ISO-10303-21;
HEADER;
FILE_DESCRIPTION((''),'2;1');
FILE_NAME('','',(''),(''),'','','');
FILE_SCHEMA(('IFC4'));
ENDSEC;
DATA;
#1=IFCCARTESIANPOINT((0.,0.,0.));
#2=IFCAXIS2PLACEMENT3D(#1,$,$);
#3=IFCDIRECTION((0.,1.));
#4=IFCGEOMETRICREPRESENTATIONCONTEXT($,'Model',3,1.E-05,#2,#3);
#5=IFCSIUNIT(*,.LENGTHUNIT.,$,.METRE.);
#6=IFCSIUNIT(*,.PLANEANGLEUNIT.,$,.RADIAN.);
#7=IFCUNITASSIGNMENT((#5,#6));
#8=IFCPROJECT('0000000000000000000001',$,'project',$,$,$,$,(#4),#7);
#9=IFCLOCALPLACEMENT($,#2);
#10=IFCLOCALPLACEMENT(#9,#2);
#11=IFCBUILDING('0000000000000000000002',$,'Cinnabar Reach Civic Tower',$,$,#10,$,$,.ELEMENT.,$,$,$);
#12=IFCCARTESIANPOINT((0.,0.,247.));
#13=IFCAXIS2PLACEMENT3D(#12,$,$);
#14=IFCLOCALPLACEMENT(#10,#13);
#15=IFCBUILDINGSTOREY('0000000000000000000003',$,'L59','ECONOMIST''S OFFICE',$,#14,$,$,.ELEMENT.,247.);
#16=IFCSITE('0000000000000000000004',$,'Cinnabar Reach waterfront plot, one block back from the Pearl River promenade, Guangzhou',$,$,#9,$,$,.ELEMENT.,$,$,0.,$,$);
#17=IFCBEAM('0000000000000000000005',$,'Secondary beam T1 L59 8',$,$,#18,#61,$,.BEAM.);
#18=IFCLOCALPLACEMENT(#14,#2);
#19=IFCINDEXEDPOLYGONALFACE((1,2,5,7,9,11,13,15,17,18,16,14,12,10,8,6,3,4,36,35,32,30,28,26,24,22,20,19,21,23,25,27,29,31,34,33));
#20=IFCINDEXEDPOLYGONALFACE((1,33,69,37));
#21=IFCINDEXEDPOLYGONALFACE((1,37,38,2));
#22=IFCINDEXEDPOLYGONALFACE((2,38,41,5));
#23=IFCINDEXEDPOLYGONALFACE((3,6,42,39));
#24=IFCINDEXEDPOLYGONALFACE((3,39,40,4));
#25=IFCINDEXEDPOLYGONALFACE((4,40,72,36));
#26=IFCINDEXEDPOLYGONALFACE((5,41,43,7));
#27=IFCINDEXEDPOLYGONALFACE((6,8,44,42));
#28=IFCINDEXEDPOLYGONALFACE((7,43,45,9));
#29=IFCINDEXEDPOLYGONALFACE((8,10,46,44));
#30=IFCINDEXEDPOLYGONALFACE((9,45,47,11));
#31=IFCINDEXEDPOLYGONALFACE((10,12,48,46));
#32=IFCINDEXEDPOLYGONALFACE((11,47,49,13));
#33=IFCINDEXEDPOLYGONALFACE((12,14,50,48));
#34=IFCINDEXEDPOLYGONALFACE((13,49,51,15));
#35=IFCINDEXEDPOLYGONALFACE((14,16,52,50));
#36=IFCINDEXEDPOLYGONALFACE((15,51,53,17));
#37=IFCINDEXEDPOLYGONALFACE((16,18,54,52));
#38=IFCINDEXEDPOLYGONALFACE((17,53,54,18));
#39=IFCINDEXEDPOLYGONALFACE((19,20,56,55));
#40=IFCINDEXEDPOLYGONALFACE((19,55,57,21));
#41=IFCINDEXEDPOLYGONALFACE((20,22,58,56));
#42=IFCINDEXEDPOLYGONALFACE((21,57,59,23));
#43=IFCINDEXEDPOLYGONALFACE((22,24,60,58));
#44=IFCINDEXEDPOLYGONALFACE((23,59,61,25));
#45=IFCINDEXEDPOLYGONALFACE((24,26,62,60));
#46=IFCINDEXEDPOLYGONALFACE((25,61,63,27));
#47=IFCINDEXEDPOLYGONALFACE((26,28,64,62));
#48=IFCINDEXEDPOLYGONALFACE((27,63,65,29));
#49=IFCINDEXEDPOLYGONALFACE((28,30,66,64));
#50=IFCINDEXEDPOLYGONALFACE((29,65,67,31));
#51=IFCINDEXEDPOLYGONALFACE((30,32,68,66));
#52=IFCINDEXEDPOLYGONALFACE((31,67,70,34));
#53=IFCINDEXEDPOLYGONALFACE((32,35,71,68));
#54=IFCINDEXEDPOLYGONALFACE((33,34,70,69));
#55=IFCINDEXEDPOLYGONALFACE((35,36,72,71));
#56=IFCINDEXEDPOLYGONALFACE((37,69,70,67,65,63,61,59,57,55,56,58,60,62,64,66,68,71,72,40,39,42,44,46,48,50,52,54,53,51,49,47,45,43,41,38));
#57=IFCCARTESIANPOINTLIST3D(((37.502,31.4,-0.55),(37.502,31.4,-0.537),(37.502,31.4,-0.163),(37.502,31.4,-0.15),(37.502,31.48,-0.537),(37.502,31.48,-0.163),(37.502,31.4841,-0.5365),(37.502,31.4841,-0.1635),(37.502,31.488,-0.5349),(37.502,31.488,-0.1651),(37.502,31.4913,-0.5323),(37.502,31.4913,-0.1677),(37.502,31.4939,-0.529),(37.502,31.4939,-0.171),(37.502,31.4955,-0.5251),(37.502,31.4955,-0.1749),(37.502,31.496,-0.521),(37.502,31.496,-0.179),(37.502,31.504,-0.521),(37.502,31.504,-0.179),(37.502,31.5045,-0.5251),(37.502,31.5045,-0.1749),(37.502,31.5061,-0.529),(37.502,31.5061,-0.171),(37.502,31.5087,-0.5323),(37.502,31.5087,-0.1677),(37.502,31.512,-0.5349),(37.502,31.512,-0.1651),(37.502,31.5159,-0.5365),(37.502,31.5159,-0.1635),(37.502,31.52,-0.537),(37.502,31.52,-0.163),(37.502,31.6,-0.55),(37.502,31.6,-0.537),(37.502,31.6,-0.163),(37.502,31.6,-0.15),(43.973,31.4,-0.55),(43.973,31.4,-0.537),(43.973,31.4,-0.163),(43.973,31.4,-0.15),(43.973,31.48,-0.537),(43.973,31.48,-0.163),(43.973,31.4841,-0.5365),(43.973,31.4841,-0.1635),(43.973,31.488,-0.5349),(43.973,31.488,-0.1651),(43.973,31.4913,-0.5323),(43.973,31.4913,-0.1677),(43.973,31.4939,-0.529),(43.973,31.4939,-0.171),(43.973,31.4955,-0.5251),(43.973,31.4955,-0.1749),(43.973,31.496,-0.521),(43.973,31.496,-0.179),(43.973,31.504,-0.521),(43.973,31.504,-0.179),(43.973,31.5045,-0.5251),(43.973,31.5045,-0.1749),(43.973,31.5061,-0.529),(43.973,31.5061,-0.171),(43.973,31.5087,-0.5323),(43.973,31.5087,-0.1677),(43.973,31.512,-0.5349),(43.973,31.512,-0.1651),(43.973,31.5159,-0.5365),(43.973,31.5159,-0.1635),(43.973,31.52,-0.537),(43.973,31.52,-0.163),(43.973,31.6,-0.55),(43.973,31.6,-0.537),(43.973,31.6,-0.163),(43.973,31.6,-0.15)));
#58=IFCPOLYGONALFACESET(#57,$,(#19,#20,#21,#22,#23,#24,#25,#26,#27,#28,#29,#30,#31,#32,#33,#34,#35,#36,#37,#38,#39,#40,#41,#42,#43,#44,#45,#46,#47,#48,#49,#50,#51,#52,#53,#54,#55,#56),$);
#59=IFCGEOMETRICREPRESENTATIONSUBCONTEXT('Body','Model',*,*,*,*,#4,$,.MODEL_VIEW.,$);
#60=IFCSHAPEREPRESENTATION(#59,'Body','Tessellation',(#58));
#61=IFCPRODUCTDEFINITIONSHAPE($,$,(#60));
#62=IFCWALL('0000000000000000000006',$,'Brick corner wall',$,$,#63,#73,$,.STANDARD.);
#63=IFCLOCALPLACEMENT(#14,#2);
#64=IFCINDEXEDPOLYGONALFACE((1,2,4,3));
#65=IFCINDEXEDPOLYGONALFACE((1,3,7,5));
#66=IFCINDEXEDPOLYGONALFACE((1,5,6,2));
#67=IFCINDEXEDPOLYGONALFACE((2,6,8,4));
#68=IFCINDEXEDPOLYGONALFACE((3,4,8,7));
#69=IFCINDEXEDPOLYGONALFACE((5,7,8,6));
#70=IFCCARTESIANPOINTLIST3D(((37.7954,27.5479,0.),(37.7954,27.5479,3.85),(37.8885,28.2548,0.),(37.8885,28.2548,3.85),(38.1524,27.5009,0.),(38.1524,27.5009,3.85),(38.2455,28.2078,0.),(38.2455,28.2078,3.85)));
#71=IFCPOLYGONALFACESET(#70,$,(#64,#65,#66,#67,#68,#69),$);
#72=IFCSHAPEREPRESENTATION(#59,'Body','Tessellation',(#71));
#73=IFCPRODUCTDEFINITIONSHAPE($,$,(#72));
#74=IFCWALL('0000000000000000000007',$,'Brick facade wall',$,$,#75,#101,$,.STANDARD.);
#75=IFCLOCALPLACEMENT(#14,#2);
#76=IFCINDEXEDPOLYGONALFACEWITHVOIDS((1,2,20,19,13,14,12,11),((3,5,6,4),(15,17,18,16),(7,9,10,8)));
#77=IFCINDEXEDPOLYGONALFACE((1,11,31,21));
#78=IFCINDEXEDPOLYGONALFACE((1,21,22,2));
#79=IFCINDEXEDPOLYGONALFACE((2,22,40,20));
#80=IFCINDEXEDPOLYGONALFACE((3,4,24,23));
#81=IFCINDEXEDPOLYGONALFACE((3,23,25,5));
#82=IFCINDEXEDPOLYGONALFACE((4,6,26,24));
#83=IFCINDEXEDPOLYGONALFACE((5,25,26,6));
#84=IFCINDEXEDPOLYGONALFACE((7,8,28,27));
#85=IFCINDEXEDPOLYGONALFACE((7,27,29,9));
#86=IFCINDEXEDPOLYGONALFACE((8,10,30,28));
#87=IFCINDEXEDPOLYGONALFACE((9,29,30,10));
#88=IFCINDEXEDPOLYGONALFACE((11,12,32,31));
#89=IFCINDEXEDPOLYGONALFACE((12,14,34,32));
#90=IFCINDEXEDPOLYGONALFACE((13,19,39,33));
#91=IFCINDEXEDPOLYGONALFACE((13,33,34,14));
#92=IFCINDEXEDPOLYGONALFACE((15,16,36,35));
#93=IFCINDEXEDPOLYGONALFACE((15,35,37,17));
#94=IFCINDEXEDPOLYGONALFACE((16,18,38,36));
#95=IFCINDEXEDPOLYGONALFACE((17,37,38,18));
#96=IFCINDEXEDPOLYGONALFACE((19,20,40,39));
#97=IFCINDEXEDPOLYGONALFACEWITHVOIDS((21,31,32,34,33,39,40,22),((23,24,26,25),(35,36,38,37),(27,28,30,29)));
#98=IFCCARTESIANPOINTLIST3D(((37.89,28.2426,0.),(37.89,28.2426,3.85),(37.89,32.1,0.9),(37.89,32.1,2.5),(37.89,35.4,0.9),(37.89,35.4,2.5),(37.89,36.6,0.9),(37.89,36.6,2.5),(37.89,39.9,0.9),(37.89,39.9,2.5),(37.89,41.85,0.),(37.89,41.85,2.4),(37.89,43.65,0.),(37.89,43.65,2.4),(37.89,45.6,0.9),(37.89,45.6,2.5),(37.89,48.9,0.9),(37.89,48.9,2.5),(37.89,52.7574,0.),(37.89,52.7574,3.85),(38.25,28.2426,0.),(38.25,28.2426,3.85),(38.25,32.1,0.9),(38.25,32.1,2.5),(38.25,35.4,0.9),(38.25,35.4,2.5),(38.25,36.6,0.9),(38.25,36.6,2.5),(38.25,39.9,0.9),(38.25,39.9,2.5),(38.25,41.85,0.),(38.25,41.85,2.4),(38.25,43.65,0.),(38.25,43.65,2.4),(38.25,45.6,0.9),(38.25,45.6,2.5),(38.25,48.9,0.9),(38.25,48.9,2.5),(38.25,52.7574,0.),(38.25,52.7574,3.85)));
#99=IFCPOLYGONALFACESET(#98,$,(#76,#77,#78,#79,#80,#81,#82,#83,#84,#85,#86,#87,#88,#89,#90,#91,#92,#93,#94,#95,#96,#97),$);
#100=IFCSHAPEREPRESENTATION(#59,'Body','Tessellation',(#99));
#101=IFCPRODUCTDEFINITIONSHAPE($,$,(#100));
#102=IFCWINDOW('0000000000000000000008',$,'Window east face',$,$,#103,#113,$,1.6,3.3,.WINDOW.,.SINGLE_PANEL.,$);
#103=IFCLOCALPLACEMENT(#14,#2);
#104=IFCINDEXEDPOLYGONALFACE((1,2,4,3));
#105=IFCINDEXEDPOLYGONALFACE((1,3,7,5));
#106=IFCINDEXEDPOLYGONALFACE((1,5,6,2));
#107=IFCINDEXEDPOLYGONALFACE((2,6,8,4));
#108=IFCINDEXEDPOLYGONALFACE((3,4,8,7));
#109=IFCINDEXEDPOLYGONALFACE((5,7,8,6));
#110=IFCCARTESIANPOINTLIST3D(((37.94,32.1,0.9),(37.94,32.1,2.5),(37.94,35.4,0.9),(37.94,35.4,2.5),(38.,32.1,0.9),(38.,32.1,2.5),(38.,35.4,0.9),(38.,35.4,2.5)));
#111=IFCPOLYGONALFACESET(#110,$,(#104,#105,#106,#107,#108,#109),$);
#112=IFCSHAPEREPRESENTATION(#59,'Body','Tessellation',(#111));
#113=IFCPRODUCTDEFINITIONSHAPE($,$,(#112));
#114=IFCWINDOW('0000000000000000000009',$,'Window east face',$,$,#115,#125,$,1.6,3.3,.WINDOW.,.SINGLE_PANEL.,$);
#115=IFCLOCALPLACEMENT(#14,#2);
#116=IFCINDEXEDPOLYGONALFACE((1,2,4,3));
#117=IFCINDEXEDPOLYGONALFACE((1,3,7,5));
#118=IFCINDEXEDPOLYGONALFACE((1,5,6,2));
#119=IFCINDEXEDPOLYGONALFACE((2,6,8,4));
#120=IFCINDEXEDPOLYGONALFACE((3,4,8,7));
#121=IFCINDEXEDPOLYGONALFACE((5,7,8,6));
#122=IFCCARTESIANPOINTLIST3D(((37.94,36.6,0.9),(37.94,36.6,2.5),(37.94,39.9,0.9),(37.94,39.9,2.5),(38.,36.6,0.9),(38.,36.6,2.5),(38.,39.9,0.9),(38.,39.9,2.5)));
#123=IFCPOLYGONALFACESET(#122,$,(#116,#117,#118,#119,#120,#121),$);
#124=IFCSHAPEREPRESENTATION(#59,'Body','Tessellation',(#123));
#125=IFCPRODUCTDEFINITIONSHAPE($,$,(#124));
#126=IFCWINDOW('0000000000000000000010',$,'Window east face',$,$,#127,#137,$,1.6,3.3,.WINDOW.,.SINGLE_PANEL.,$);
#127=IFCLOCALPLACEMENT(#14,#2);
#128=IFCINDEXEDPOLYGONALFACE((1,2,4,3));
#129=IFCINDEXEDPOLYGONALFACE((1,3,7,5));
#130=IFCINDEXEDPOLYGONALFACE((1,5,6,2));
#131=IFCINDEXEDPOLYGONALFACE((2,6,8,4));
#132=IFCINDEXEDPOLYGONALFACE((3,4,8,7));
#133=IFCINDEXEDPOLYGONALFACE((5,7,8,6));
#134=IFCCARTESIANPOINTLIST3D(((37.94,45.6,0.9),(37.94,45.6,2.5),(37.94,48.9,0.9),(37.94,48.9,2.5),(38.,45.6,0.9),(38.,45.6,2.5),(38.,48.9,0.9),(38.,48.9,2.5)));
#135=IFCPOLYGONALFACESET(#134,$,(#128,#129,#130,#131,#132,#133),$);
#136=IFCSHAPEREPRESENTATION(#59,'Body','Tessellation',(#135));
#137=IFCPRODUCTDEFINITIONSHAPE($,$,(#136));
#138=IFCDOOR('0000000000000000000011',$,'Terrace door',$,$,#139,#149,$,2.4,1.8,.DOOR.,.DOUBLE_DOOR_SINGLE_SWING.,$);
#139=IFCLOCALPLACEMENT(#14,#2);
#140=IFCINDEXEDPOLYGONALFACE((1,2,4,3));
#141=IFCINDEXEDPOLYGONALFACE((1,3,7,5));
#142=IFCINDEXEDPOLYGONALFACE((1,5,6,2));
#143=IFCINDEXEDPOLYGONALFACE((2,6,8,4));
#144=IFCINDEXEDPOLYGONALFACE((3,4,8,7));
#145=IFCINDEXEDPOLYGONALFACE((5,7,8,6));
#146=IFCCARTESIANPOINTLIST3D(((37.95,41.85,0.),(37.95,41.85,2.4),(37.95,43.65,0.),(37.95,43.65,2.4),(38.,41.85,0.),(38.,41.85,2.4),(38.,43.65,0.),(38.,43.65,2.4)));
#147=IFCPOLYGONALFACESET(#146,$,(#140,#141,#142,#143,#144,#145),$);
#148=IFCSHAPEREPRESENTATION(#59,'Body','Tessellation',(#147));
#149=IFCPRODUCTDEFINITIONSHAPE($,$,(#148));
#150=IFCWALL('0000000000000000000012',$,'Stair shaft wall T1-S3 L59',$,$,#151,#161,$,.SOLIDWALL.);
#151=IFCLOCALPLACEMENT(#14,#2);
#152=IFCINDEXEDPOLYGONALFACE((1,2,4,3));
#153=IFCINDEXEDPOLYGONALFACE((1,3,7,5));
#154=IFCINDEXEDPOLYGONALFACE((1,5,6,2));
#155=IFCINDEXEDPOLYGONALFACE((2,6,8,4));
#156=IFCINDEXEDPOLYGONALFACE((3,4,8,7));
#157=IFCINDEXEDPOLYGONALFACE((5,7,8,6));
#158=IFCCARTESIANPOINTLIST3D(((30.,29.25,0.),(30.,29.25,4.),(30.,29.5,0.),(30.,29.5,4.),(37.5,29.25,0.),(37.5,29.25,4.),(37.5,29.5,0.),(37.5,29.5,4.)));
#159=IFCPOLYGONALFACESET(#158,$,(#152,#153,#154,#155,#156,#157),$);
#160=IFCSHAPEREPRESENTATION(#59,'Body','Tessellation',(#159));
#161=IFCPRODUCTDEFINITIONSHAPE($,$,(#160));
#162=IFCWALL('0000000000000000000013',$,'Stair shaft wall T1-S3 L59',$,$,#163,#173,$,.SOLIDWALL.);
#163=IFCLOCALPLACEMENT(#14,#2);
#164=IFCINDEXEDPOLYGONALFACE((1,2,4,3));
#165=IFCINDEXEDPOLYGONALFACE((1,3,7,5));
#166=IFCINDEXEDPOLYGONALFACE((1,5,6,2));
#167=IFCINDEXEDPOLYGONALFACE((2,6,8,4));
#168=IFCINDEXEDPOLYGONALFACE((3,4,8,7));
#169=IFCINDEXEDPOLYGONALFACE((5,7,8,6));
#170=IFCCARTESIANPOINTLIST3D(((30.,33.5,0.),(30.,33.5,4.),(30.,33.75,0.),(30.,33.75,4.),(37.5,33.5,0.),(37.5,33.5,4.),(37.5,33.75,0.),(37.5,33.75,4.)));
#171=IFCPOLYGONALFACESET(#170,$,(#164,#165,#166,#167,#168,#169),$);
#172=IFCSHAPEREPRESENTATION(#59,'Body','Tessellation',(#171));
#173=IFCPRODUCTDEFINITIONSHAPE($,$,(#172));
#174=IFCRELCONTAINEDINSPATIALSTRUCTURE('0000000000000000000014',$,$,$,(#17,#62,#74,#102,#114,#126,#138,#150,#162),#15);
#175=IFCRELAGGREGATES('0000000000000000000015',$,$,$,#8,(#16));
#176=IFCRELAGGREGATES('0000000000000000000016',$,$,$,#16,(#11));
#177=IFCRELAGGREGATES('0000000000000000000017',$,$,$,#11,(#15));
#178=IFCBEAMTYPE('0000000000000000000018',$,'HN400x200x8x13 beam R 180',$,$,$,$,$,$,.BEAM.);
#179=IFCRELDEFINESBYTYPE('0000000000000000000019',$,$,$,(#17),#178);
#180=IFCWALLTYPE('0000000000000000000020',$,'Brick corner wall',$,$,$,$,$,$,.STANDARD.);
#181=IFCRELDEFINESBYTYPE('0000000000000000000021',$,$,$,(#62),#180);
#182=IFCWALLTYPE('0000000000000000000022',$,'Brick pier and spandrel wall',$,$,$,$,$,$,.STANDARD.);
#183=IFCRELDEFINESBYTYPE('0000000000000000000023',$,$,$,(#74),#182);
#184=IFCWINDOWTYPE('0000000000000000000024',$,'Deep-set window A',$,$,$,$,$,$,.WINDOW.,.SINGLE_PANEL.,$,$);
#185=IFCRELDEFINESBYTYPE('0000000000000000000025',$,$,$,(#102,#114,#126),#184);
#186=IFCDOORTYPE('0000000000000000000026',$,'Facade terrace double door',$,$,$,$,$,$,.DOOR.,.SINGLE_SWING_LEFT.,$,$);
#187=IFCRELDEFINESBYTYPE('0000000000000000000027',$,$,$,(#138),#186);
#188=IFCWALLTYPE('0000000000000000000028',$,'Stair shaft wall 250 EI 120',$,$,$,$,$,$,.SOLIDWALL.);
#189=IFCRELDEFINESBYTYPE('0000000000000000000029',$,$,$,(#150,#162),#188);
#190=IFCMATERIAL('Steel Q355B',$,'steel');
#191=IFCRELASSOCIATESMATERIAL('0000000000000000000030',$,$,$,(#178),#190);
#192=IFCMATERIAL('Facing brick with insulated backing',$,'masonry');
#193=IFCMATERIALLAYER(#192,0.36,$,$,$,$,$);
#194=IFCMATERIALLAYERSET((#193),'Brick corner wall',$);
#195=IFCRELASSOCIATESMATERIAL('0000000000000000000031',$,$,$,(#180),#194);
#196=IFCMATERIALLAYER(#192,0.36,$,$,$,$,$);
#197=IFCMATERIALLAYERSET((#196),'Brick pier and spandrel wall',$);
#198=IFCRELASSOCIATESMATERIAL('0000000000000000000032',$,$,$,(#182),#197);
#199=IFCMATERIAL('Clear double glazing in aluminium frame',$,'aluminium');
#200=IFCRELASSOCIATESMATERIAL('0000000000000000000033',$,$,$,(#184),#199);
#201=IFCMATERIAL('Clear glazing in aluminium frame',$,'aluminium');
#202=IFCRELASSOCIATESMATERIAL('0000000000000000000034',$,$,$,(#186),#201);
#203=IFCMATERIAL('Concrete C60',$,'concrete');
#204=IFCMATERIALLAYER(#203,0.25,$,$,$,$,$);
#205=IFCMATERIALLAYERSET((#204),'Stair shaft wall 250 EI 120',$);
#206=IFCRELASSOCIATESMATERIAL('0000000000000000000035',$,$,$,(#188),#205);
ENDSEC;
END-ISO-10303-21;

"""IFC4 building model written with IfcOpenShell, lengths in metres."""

from ifc_helpers import new_model, si_unit, direction, frame, frame_2d, origin, origin_2d, place, context, subcontext, project, spatial, rectangle, i_section, extrude, material, layer, layer_set, material_profile, profile_set, type_object, element, fill, save


model = new_model("IFC4")

# Units and contexts
model_context = context("Model", 3, precision=1e-05, world=origin(), true_north=direction((0.0, 1.0)))
body_context = subcontext(model_context, "Body", "Model", "MODEL_VIEW")
ifc_project = project(units=[si_unit("LENGTHUNIT", "METRE"), si_unit("PLANEANGLEUNIT", "RADIAN")], contexts=[model_context])

# Site, building, storey
site_placement = place(None, origin())
site = spatial("IfcSite", under=ifc_project, at=site_placement, Name="Cinnabar Reach waterfront plot, one block back from the Pearl River promenade, Guangzhou", CompositionType="ELEMENT", RefElevation=0.0)
building_placement = place(site_placement, origin())
building = spatial("IfcBuilding", under=site, at=building_placement, Name="Cinnabar Reach Civic Tower", CompositionType="ELEMENT")
storey_placement = place(building_placement, frame((0.0, 0.0, 247.0)))
storey = spatial("IfcBuildingStorey", under=building, at=storey_placement, Name="L59", Description="ECONOMIST'S OFFICE", CompositionType="ELEMENT", Elevation=247.0)

# Shared definitions
ifc_material_1 = material(Name="Concrete C60", Category="concrete")

# Beam
ifc_material_2 = material(Name="Steel Q355B", Category="steel")
ifc_material_profile_1 = material_profile(ifc_material_2, i_section(OverallWidth=0.2, OverallDepth=0.4, WebThickness=0.008, FlangeThickness=0.013, FilletRadius=0.016, at=origin_2d()), Name="HN400x200x8x13")
ifc_profile_set_1 = profile_set([ifc_material_profile_1], Name="Steel Q355B")
beam_type_1 = type_object("IfcBeamType", Name="HN400x200x8x13 beam R 180", PredefinedType="BEAM", material=ifc_profile_set_1)
beam_1_placement = place(storey_placement, frame((37.502, 31.5, -0.35), z_axis=(1.0, 0.0, 0.0), x_axis=(0.0, 1.0, 0.0)))
element("IfcBeam", 1, at=beam_1_placement, inside=storey, type_object=beam_type_1, Name="Secondary beam T1 L59 8", PredefinedType="BEAM", context=body_context, shape_type="SweptSolid", body=[
    extrude(i_section(OverallWidth=0.2, OverallDepth=0.4, WebThickness=0.008, FlangeThickness=0.013, FilletRadius=0.016, at=origin_2d()), origin(), (0.0, 0.0, 1.0), 6.471),
])

# Wall
ifc_material_3 = material(Name="Facing brick with insulated backing", Category="masonry")
ifc_layer_1 = layer(ifc_material_3, 0.36)
ifc_layer_set_1 = layer_set([ifc_layer_1], Name="Brick corner wall")
wall_type_1 = type_object("IfcWallType", Name="Brick corner wall", PredefinedType="STANDARD", material=ifc_layer_set_1)
wall_1_placement = place(storey_placement, frame((37.9739, 27.5244, 0.0), z_axis=(0.0, 0.0, 1.0), x_axis=(0.130556, 0.991441, 0.0)))
element("IfcWall", 2, at=wall_1_placement, inside=storey, type_object=wall_type_1, Name="Brick corner wall", PredefinedType="STANDARD", context=body_context, shape_type="SweptSolid", body=[
    extrude(rectangle(XDim=0.7131, YDim=0.36, at=frame_2d((0.3565, 0.0))), origin(), (0.0, 0.0, 1.0), 3.85),
])

# Wall, openings, windows, door
ifc_layer_2 = layer(ifc_material_3, 0.36)
ifc_layer_set_2 = layer_set([ifc_layer_2], Name="Brick pier and spandrel wall")
wall_type_2 = type_object("IfcWallType", Name="Brick pier and spandrel wall", PredefinedType="STANDARD", material=ifc_layer_set_2)
wall_2_placement = place(storey_placement, frame((38.07, 28.2426, 0.0), z_axis=(0.0, 0.0, 1.0), x_axis=(0.0, 1.0, 0.0)))
wall_2 = element("IfcWall", 3, at=wall_2_placement, inside=storey, type_object=wall_type_2, Name="Brick facade wall", PredefinedType="STANDARD", context=body_context, shape_type="SweptSolid", body=[
    extrude(rectangle(XDim=24.5148, YDim=0.36, at=frame_2d((12.2574, 0.0))), origin(), (0.0, 0.0, 1.0), 3.85),
])
opening_1_placement = place(wall_2_placement, frame((3.8574, 0.0, 0.9)))
opening_1 = element("IfcOpeningElement", 4, at=opening_1_placement, cuts=wall_2, PredefinedType="OPENING", context=body_context, shape_type="SweptSolid", body=[
    extrude(rectangle(XDim=3.3, YDim=1.6, at=frame_2d((1.65, 0.8))), frame((0.0, 0.19, 0.0), z_axis=(0.0, -1.0, 0.0), x_axis=(1.0, 0.0, 0.0)), (0.0, 0.0, 1.0), 0.38),
])
opening_2_placement = place(wall_2_placement, frame((8.3574, 0.0, 0.9)))
opening_2 = element("IfcOpeningElement", 5, at=opening_2_placement, cuts=wall_2, PredefinedType="OPENING", context=body_context, shape_type="SweptSolid", body=[
    extrude(rectangle(XDim=3.3, YDim=1.6, at=frame_2d((1.65, 0.8))), frame((0.0, 0.19, 0.0), z_axis=(0.0, -1.0, 0.0), x_axis=(1.0, 0.0, 0.0)), (0.0, 0.0, 1.0), 0.38),
])
opening_3_placement = place(wall_2_placement, frame((13.6074, 0.0, 0.0)))
opening_3 = element("IfcOpeningElement", 6, at=opening_3_placement, cuts=wall_2, PredefinedType="OPENING", context=body_context, shape_type="SweptSolid", body=[
    extrude(rectangle(XDim=1.8, YDim=2.4, at=frame_2d((0.9, 1.2))), frame((0.0, 0.19, 0.0), z_axis=(0.0, -1.0, 0.0), x_axis=(1.0, 0.0, 0.0)), (0.0, 0.0, 1.0), 0.38),
])
opening_4_placement = place(wall_2_placement, frame((17.3574, 0.0, 0.9)))
opening_4 = element("IfcOpeningElement", 7, at=opening_4_placement, cuts=wall_2, PredefinedType="OPENING", context=body_context, shape_type="SweptSolid", body=[
    extrude(rectangle(XDim=3.3, YDim=1.6, at=frame_2d((1.65, 0.8))), frame((0.0, 0.19, 0.0), z_axis=(0.0, -1.0, 0.0), x_axis=(1.0, 0.0, 0.0)), (0.0, 0.0, 1.0), 0.38),
])
ifc_material_4 = material(Name="Clear double glazing in aluminium frame", Category="aluminium")
window_type = type_object("IfcWindowType", Name="Deep-set window A", PartitioningType="SINGLE_PANEL", PredefinedType="WINDOW", material=ifc_material_4)
window_1_placement = place(opening_1_placement, origin())
window_1 = element("IfcWindow", 8, at=window_1_placement, inside=storey, type_object=window_type, Name="Window east face", OverallHeight=1.6, OverallWidth=3.3, PartitioningType="SINGLE_PANEL", PredefinedType="WINDOW", context=body_context, shape_type="SweptSolid", body=[
    extrude(rectangle(XDim=3.3, YDim=1.6, at=frame_2d((1.65, 0.8))), frame((0.0, 0.13, 0.0), z_axis=(0.0, -1.0, 0.0), x_axis=(1.0, 0.0, 0.0)), (0.0, 0.0, 1.0), 0.06),
])
fill(opening_1, window_1)
window_2_placement = place(opening_2_placement, origin())
window_2 = element("IfcWindow", 9, at=window_2_placement, inside=storey, type_object=window_type, Name="Window east face", OverallHeight=1.6, OverallWidth=3.3, PartitioningType="SINGLE_PANEL", PredefinedType="WINDOW", context=body_context, shape_type="SweptSolid", body=[
    extrude(rectangle(XDim=3.3, YDim=1.6, at=frame_2d((1.65, 0.8))), frame((0.0, 0.13, 0.0), z_axis=(0.0, -1.0, 0.0), x_axis=(1.0, 0.0, 0.0)), (0.0, 0.0, 1.0), 0.06),
])
fill(opening_2, window_2)
window_3_placement = place(opening_4_placement, origin())
window_3 = element("IfcWindow", 10, at=window_3_placement, inside=storey, type_object=window_type, Name="Window east face", OverallHeight=1.6, OverallWidth=3.3, PartitioningType="SINGLE_PANEL", PredefinedType="WINDOW", context=body_context, shape_type="SweptSolid", body=[
    extrude(rectangle(XDim=3.3, YDim=1.6, at=frame_2d((1.65, 0.8))), frame((0.0, 0.13, 0.0), z_axis=(0.0, -1.0, 0.0), x_axis=(1.0, 0.0, 0.0)), (0.0, 0.0, 1.0), 0.06),
])
fill(opening_4, window_3)
ifc_material_5 = material(Name="Clear glazing in aluminium frame", Category="aluminium")
door_type_1 = type_object("IfcDoorType", Name="Facade terrace double door", OperationType="SINGLE_SWING_LEFT", PredefinedType="DOOR", material=ifc_material_5)
door_1_placement = place(opening_3_placement, frame((1.8, 0.0, 0.0), z_axis=(0.0, 0.0, 1.0), x_axis=(-1.0, 0.0, 0.0)))
door_1 = element("IfcDoor", 11, at=door_1_placement, inside=storey, type_object=door_type_1, Name="Terrace door", OperationType="DOUBLE_DOOR_SINGLE_SWING", OverallHeight=2.4, OverallWidth=1.8, PredefinedType="DOOR", context=body_context, shape_type="SweptSolid", body=[
    extrude(rectangle(XDim=1.8, YDim=2.4, at=frame_2d((0.9, 1.2))), frame((0.0, -0.07, 0.0), z_axis=(0.0, -1.0, 0.0), x_axis=(1.0, 0.0, 0.0)), (0.0, 0.0, 1.0), 0.05),
])
fill(opening_3, door_1)

# Walls
ifc_layer_3 = layer(ifc_material_1, 0.25)
ifc_layer_set_3 = layer_set([ifc_layer_3], Name="Stair shaft wall 250 EI 120")
wall_type_3 = type_object("IfcWallType", Name="Stair shaft wall 250 EI 120", PredefinedType="SOLIDWALL", material=ifc_layer_set_3)
for number, where, z_axis, x_axis, name in (
    (12, (30.0, 29.375, 0.0), (0.0, 0.0, 1.0), (1.0, 0.0, 0.0), "Stair shaft wall T1-S3 L59"),
    (13, (37.5, 33.625, 0.0), (0.0, 0.0, 1.0), (-1.0, 0.0, 0.0), "Stair shaft wall T1-S3 L59"),
):
    element("IfcWall", number, at=place(storey_placement, frame(where, z_axis=z_axis, x_axis=x_axis)), inside=storey, type_object=wall_type_3, Name=name, PredefinedType="SOLIDWALL", context=body_context, shape_type="SweptSolid", body=[
        extrude(rectangle(XDim=7.5, YDim=0.25, at=frame_2d((3.75, 0.0))), origin(), (0.0, 0.0, 1.0), 4.0),
    ])

save(model, "model.ifc")
